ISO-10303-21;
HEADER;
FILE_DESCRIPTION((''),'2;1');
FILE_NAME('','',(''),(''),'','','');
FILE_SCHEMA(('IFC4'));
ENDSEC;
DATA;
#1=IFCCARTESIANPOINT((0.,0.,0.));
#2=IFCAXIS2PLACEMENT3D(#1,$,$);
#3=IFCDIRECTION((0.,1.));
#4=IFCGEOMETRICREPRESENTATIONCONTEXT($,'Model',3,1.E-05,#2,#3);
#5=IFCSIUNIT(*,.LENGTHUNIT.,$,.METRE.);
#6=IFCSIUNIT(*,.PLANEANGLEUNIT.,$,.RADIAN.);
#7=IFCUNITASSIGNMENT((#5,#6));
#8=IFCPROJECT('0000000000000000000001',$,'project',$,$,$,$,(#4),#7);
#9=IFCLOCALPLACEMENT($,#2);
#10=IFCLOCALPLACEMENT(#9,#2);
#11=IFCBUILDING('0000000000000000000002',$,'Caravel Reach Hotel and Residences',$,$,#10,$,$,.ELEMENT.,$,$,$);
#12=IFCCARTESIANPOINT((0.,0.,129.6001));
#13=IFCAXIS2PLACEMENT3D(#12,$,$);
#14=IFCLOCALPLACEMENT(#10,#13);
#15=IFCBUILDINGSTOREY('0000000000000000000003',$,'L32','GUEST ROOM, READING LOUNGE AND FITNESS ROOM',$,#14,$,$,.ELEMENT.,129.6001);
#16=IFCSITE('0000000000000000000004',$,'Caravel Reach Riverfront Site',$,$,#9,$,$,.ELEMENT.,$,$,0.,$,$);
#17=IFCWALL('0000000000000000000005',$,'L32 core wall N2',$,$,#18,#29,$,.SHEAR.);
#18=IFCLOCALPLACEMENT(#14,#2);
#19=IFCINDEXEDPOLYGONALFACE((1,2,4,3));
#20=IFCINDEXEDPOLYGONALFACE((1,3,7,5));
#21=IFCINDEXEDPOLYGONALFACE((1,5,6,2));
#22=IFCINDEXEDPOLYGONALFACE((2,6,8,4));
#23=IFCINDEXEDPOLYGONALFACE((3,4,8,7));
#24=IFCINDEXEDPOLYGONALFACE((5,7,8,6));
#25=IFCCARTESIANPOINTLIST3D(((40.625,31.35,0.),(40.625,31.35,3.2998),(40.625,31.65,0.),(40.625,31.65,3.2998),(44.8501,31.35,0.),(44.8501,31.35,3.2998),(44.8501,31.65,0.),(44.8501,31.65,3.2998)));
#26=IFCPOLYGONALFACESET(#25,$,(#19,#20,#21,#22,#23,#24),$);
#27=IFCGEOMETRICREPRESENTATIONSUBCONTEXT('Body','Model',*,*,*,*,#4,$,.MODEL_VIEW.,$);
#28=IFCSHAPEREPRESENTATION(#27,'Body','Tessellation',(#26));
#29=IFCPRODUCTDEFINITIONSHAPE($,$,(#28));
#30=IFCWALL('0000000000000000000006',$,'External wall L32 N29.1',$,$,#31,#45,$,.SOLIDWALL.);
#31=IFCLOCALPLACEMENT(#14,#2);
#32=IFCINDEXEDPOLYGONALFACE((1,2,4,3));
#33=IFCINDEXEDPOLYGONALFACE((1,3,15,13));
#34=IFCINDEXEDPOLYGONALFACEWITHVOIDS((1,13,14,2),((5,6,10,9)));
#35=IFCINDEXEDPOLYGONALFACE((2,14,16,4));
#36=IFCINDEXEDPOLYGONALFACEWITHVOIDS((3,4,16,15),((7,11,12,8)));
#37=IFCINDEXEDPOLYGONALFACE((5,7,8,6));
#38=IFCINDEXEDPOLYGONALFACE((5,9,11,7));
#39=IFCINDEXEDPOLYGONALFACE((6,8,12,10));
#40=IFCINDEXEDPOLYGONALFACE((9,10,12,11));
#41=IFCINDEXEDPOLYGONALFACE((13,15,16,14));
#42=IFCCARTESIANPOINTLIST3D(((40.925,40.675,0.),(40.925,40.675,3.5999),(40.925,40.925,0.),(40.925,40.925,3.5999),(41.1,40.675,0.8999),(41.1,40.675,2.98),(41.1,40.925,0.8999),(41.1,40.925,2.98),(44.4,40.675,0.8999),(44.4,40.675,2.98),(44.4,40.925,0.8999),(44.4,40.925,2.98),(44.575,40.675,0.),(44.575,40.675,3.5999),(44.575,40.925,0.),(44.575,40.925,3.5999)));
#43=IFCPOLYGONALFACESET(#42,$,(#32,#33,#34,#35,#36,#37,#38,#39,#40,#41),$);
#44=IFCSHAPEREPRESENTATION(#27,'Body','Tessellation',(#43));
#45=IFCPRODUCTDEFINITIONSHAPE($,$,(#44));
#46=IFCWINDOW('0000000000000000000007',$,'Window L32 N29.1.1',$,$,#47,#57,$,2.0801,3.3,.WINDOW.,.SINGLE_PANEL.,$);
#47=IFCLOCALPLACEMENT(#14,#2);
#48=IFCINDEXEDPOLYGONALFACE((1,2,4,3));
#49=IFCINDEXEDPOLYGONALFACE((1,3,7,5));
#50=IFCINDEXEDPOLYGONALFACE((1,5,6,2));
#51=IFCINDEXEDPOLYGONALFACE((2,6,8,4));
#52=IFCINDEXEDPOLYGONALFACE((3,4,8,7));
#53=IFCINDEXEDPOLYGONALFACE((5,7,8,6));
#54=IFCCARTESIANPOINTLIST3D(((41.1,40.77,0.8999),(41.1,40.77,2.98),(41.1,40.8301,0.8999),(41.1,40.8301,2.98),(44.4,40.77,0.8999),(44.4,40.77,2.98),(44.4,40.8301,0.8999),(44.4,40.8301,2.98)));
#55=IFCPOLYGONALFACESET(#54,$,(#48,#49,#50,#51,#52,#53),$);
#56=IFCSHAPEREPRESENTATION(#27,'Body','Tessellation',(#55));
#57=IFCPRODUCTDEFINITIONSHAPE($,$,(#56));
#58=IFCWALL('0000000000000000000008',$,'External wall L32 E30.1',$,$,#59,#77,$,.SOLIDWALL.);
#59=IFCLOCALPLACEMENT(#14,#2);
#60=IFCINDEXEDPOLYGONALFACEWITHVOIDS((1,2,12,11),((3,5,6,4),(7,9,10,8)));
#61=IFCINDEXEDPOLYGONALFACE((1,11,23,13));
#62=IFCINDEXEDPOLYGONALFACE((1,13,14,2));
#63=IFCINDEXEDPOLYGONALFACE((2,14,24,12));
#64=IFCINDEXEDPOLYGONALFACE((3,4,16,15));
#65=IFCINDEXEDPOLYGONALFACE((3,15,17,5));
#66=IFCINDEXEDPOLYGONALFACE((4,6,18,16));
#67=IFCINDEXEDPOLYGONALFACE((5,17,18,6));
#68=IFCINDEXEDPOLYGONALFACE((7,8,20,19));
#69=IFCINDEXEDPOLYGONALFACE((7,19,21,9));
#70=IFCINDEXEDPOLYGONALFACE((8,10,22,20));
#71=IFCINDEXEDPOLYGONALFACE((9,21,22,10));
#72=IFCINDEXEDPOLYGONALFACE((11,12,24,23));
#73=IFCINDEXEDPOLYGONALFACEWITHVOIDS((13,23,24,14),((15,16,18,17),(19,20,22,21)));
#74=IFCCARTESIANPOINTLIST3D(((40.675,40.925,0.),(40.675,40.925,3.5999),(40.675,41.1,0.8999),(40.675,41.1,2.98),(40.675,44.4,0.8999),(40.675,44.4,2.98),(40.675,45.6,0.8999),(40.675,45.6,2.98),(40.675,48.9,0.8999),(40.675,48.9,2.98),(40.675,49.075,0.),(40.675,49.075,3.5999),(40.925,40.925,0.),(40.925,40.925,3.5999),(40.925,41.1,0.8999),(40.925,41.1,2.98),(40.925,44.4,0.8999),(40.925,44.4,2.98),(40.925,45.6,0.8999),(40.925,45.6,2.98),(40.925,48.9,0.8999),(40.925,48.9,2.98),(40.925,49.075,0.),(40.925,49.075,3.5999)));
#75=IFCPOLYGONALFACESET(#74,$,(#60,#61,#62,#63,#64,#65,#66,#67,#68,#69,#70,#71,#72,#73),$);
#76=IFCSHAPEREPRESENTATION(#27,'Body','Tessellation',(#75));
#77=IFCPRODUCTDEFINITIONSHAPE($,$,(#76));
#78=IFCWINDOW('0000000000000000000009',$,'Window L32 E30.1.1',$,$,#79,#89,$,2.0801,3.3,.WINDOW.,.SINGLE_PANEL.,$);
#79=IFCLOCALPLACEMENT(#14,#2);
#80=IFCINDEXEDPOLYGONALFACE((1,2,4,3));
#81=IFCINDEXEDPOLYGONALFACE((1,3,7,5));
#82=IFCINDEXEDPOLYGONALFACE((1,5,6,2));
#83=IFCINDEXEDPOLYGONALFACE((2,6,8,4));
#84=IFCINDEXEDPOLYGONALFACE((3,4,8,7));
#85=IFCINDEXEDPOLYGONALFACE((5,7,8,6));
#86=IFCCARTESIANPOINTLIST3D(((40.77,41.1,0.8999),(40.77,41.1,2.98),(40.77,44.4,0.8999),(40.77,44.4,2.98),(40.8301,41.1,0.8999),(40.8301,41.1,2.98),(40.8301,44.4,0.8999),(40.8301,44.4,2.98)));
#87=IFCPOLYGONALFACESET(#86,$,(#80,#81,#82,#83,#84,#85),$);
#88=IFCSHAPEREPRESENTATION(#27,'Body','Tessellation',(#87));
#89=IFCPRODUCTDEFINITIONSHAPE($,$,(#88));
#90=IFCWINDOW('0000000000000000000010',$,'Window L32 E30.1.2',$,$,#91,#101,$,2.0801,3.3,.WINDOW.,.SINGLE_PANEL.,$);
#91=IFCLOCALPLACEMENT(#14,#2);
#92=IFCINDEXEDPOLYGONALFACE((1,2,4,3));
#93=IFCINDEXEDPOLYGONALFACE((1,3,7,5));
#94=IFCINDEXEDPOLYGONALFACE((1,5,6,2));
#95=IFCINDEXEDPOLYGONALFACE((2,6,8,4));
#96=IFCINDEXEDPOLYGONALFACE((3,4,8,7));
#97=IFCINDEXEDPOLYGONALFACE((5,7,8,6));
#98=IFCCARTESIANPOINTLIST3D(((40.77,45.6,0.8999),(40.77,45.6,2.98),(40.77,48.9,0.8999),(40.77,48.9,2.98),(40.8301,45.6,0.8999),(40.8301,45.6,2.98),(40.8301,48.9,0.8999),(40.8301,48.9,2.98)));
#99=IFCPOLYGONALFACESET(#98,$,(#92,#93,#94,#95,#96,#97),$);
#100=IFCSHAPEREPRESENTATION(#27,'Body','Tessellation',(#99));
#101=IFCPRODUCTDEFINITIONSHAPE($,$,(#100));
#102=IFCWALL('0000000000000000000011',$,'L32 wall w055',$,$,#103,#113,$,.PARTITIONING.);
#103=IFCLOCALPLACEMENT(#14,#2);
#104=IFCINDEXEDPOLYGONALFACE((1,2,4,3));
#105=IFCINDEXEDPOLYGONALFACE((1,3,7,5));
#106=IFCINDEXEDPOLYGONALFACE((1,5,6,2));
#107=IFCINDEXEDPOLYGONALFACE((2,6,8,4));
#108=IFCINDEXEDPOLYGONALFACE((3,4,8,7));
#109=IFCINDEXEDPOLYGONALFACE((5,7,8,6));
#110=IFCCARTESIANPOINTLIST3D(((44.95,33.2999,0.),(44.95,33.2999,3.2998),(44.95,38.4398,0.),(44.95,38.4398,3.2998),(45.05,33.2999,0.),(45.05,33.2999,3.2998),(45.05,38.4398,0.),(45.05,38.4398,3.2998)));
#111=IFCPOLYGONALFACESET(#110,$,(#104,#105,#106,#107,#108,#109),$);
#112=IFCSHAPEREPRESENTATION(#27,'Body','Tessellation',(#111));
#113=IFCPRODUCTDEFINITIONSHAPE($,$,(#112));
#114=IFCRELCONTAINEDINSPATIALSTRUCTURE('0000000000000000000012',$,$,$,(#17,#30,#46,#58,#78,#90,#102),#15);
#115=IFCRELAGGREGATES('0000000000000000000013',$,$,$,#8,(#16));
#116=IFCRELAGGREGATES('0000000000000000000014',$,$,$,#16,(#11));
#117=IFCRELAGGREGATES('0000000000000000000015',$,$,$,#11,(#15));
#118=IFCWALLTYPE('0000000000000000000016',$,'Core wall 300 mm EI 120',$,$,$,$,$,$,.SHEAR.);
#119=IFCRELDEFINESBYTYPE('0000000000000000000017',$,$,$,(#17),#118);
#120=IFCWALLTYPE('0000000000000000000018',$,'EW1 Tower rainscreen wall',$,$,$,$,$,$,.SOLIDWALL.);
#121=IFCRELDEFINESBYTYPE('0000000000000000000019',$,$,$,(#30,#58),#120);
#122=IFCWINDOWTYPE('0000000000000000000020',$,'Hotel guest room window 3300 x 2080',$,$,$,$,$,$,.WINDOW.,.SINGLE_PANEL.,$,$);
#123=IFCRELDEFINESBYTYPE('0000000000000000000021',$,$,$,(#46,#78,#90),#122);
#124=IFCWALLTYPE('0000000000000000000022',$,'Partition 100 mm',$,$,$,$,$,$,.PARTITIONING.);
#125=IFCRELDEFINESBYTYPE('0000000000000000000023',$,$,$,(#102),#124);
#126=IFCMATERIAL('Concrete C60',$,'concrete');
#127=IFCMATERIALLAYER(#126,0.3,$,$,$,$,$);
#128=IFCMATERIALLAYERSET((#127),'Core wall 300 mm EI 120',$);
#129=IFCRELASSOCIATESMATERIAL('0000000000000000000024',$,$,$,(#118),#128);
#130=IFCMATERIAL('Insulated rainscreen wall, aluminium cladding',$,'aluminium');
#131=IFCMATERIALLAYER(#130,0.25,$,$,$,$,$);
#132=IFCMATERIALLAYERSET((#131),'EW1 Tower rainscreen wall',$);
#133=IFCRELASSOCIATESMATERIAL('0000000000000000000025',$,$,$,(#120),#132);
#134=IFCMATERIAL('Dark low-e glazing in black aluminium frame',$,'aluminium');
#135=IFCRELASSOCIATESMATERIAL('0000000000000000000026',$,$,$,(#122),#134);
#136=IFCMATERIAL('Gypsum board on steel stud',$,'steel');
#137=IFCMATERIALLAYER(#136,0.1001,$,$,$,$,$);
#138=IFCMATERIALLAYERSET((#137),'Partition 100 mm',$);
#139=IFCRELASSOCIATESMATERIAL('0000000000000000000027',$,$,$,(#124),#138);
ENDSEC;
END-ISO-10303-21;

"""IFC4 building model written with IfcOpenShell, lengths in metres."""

from ifc_helpers import new_model, si_unit, direction, frame, frame_2d, origin, place, context, subcontext, project, spatial, rectangle, extrude, material, layer, layer_set, type_object, element, fill, save


model = new_model("IFC4")

# Units and contexts
model_context = context("Model", 3, precision=1e-05, world=origin(), true_north=direction((0.0, 1.0)))
body_context = subcontext(model_context, "Body", "Model", "MODEL_VIEW")
ifc_project = project(units=[si_unit("LENGTHUNIT", "METRE"), si_unit("PLANEANGLEUNIT", "RADIAN")], contexts=[model_context])

# Site, building, storey
site_placement = place(None, origin())
site = spatial("IfcSite", under=ifc_project, at=site_placement, Name="Caravel Reach Riverfront Site", CompositionType="ELEMENT", RefElevation=0.0)
building_placement = place(site_placement, origin())
building = spatial("IfcBuilding", under=site, at=building_placement, Name="Caravel Reach Hotel and Residences", CompositionType="ELEMENT")
storey_placement = place(building_placement, frame((0.0, 0.0, 129.6001)))
storey = spatial("IfcBuildingStorey", under=building, at=storey_placement, Name="L32", Description="GUEST ROOM, READING LOUNGE AND FITNESS ROOM", CompositionType="ELEMENT", Elevation=129.6001)

# Wall
ifc_material_1 = material(Name="Concrete C60", Category="concrete")
ifc_layer_1 = layer(ifc_material_1, 0.3)
ifc_layer_set_1 = layer_set([ifc_layer_1], Name="Core wall 300 mm EI 120")
wall_type_1 = type_object("IfcWallType", Name="Core wall 300 mm EI 120", PredefinedType="SHEAR", material=ifc_layer_set_1)
wall_1_placement = place(storey_placement, frame((40.625, 31.5, 0.0), z_axis=(0.0, 0.0, 1.0), x_axis=(1.0, 0.0, 0.0)))
element("IfcWall", 1, at=wall_1_placement, inside=storey, type_object=wall_type_1, Name="L32 core wall N2", PredefinedType="SHEAR", context=body_context, shape_type="SweptSolid", body=[
    extrude(rectangle(XDim=4.2251, YDim=0.3, at=frame_2d((2.1125, 0.0))), origin(), (0.0, 0.0, 1.0), 3.2998),
])

# Wall, opening, window
ifc_material_2 = material(Name="Insulated rainscreen wall, aluminium cladding", Category="aluminium")
ifc_layer_2 = layer(ifc_material_2, 0.25)
ifc_layer_set_2 = layer_set([ifc_layer_2], Name="EW1 Tower rainscreen wall")
wall_type_2 = type_object("IfcWallType", Name="EW1 Tower rainscreen wall", PredefinedType="SOLIDWALL", material=ifc_layer_set_2)
wall_2_placement = place(storey_placement, frame((44.575, 40.8, 0.0), z_axis=(0.0, 0.0, 1.0), x_axis=(-1.0, 0.0, 0.0)))
wall_2 = element("IfcWall", 2, at=wall_2_placement, inside=storey, type_object=wall_type_2, Name="External wall L32 N29.1", PredefinedType="SOLIDWALL", context=body_context, shape_type="SweptSolid", body=[
    extrude(rectangle(XDim=3.6499, YDim=0.25, at=frame_2d((1.825, 0.0))), origin(), (0.0, 0.0, 1.0), 3.5999),
])
opening_1_placement = place(wall_2_placement, frame((0.175, 0.0, 0.8999)))
opening_1 = element("IfcOpeningElement", 3, at=opening_1_placement, cuts=wall_2, PredefinedType="OPENING", context=body_context, shape_type="SweptSolid", body=[
    extrude(rectangle(XDim=3.3, YDim=2.0801, at=frame_2d((1.6499, 1.04))), frame((0.0, 0.135, 0.0), z_axis=(0.0, -1.0, 0.0), x_axis=(1.0, 0.0, 0.0)), (0.0, 0.0, 1.0), 0.27),
])
ifc_material_3 = material(Name="Dark low-e glazing in black aluminium frame", Category="aluminium")
window_type = type_object("IfcWindowType", Name="Hotel guest room window 3300 x 2080", PartitioningType="SINGLE_PANEL", PredefinedType="WINDOW", material=ifc_material_3)
window_1_placement = place(opening_1_placement, origin())
window_1 = element("IfcWindow", 4, at=window_1_placement, inside=storey, type_object=window_type, Name="Window L32 N29.1.1", OverallHeight=2.0801, OverallWidth=3.3, PartitioningType="SINGLE_PANEL", PredefinedType="WINDOW", context=body_context, shape_type="SweptSolid", body=[
    extrude(rectangle(XDim=3.3, YDim=2.0801, at=frame_2d((1.6499, 1.04))), frame((0.0, 0.03, 0.0), z_axis=(0.0, -1.0, 0.0), x_axis=(1.0, 0.0, 0.0)), (0.0, 0.0, 1.0), 0.0601),
])
fill(opening_1, window_1)

# Wall, openings, windows
wall_3_placement = place(storey_placement, frame((40.8, 40.925, 0.0), z_axis=(0.0, 0.0, 1.0), x_axis=(0.0, 1.0, 0.0)))
wall_3 = element("IfcWall", 5, at=wall_3_placement, inside=storey, type_object=wall_type_2, Name="External wall L32 E30.1", PredefinedType="SOLIDWALL", context=body_context, shape_type="SweptSolid", body=[
    extrude(rectangle(XDim=8.1499, YDim=0.25, at=frame_2d((4.075, 0.0))), origin(), (0.0, 0.0, 1.0), 3.5999),
])
opening_2_placement = place(wall_3_placement, frame((0.175, 0.0, 0.8999)))
opening_2 = element("IfcOpeningElement", 6, at=opening_2_placement, cuts=wall_3, PredefinedType="OPENING", context=body_context, shape_type="SweptSolid", body=[
    extrude(rectangle(XDim=3.3, YDim=2.0801, at=frame_2d((1.6499, 1.04))), frame((0.0, 0.135, 0.0), z_axis=(0.0, -1.0, 0.0), x_axis=(1.0, 0.0, 0.0)), (0.0, 0.0, 1.0), 0.27),
])
opening_3_placement = place(wall_3_placement, frame((4.675, 0.0, 0.8999)))
opening_3 = element("IfcOpeningElement", 7, at=opening_3_placement, cuts=wall_3, PredefinedType="OPENING", context=body_context, shape_type="SweptSolid", body=[
    extrude(rectangle(XDim=3.3, YDim=2.0801, at=frame_2d((1.6499, 1.04))), frame((0.0, 0.135, 0.0), z_axis=(0.0, -1.0, 0.0), x_axis=(1.0, 0.0, 0.0)), (0.0, 0.0, 1.0), 0.27),
])
window_2_placement = place(opening_2_placement, origin())
window_2 = element("IfcWindow", 8, at=window_2_placement, inside=storey, type_object=window_type, Name="Window L32 E30.1.1", OverallHeight=2.0801, OverallWidth=3.3, PartitioningType="SINGLE_PANEL", PredefinedType="WINDOW", context=body_context, shape_type="SweptSolid", body=[
    extrude(rectangle(XDim=3.3, YDim=2.0801, at=frame_2d((1.6499, 1.04))), frame((0.0, 0.03, 0.0), z_axis=(0.0, -1.0, 0.0), x_axis=(1.0, 0.0, 0.0)), (0.0, 0.0, 1.0), 0.0601),
])
fill(opening_2, window_2)
window_3_placement = place(opening_3_placement, origin())
window_3 = element("IfcWindow", 9, at=window_3_placement, inside=storey, type_object=window_type, Name="Window L32 E30.1.2", OverallHeight=2.0801, OverallWidth=3.3, PartitioningType="SINGLE_PANEL", PredefinedType="WINDOW", context=body_context, shape_type="SweptSolid", body=[
    extrude(rectangle(XDim=3.3, YDim=2.0801, at=frame_2d((1.6499, 1.04))), frame((0.0, 0.03, 0.0), z_axis=(0.0, -1.0, 0.0), x_axis=(1.0, 0.0, 0.0)), (0.0, 0.0, 1.0), 0.0601),
])
fill(opening_3, window_3)

# Wall
ifc_material_4 = material(Name="Gypsum board on steel stud", Category="steel")
ifc_layer_3 = layer(ifc_material_4, 0.1001)
ifc_layer_set_3 = layer_set([ifc_layer_3], Name="Partition 100 mm")
wall_type_3 = type_object("IfcWallType", Name="Partition 100 mm", PredefinedType="PARTITIONING", material=ifc_layer_set_3)
wall_4_placement = place(storey_placement, frame((45.0, 33.3, 0.0), z_axis=(0.0, 0.0, 1.0), x_axis=(0.0, 1.0, 0.0)))
element("IfcWall", 10, at=wall_4_placement, inside=storey, type_object=wall_type_3, Name="L32 wall w055", PredefinedType="PARTITIONING", context=body_context, shape_type="SweptSolid", body=[
    extrude(rectangle(XDim=5.1399, YDim=0.1001, at=frame_2d((2.5698, 0.0))), origin(), (0.0, 0.0, 1.0), 3.2998),
])

save(model, "model.ifc")
